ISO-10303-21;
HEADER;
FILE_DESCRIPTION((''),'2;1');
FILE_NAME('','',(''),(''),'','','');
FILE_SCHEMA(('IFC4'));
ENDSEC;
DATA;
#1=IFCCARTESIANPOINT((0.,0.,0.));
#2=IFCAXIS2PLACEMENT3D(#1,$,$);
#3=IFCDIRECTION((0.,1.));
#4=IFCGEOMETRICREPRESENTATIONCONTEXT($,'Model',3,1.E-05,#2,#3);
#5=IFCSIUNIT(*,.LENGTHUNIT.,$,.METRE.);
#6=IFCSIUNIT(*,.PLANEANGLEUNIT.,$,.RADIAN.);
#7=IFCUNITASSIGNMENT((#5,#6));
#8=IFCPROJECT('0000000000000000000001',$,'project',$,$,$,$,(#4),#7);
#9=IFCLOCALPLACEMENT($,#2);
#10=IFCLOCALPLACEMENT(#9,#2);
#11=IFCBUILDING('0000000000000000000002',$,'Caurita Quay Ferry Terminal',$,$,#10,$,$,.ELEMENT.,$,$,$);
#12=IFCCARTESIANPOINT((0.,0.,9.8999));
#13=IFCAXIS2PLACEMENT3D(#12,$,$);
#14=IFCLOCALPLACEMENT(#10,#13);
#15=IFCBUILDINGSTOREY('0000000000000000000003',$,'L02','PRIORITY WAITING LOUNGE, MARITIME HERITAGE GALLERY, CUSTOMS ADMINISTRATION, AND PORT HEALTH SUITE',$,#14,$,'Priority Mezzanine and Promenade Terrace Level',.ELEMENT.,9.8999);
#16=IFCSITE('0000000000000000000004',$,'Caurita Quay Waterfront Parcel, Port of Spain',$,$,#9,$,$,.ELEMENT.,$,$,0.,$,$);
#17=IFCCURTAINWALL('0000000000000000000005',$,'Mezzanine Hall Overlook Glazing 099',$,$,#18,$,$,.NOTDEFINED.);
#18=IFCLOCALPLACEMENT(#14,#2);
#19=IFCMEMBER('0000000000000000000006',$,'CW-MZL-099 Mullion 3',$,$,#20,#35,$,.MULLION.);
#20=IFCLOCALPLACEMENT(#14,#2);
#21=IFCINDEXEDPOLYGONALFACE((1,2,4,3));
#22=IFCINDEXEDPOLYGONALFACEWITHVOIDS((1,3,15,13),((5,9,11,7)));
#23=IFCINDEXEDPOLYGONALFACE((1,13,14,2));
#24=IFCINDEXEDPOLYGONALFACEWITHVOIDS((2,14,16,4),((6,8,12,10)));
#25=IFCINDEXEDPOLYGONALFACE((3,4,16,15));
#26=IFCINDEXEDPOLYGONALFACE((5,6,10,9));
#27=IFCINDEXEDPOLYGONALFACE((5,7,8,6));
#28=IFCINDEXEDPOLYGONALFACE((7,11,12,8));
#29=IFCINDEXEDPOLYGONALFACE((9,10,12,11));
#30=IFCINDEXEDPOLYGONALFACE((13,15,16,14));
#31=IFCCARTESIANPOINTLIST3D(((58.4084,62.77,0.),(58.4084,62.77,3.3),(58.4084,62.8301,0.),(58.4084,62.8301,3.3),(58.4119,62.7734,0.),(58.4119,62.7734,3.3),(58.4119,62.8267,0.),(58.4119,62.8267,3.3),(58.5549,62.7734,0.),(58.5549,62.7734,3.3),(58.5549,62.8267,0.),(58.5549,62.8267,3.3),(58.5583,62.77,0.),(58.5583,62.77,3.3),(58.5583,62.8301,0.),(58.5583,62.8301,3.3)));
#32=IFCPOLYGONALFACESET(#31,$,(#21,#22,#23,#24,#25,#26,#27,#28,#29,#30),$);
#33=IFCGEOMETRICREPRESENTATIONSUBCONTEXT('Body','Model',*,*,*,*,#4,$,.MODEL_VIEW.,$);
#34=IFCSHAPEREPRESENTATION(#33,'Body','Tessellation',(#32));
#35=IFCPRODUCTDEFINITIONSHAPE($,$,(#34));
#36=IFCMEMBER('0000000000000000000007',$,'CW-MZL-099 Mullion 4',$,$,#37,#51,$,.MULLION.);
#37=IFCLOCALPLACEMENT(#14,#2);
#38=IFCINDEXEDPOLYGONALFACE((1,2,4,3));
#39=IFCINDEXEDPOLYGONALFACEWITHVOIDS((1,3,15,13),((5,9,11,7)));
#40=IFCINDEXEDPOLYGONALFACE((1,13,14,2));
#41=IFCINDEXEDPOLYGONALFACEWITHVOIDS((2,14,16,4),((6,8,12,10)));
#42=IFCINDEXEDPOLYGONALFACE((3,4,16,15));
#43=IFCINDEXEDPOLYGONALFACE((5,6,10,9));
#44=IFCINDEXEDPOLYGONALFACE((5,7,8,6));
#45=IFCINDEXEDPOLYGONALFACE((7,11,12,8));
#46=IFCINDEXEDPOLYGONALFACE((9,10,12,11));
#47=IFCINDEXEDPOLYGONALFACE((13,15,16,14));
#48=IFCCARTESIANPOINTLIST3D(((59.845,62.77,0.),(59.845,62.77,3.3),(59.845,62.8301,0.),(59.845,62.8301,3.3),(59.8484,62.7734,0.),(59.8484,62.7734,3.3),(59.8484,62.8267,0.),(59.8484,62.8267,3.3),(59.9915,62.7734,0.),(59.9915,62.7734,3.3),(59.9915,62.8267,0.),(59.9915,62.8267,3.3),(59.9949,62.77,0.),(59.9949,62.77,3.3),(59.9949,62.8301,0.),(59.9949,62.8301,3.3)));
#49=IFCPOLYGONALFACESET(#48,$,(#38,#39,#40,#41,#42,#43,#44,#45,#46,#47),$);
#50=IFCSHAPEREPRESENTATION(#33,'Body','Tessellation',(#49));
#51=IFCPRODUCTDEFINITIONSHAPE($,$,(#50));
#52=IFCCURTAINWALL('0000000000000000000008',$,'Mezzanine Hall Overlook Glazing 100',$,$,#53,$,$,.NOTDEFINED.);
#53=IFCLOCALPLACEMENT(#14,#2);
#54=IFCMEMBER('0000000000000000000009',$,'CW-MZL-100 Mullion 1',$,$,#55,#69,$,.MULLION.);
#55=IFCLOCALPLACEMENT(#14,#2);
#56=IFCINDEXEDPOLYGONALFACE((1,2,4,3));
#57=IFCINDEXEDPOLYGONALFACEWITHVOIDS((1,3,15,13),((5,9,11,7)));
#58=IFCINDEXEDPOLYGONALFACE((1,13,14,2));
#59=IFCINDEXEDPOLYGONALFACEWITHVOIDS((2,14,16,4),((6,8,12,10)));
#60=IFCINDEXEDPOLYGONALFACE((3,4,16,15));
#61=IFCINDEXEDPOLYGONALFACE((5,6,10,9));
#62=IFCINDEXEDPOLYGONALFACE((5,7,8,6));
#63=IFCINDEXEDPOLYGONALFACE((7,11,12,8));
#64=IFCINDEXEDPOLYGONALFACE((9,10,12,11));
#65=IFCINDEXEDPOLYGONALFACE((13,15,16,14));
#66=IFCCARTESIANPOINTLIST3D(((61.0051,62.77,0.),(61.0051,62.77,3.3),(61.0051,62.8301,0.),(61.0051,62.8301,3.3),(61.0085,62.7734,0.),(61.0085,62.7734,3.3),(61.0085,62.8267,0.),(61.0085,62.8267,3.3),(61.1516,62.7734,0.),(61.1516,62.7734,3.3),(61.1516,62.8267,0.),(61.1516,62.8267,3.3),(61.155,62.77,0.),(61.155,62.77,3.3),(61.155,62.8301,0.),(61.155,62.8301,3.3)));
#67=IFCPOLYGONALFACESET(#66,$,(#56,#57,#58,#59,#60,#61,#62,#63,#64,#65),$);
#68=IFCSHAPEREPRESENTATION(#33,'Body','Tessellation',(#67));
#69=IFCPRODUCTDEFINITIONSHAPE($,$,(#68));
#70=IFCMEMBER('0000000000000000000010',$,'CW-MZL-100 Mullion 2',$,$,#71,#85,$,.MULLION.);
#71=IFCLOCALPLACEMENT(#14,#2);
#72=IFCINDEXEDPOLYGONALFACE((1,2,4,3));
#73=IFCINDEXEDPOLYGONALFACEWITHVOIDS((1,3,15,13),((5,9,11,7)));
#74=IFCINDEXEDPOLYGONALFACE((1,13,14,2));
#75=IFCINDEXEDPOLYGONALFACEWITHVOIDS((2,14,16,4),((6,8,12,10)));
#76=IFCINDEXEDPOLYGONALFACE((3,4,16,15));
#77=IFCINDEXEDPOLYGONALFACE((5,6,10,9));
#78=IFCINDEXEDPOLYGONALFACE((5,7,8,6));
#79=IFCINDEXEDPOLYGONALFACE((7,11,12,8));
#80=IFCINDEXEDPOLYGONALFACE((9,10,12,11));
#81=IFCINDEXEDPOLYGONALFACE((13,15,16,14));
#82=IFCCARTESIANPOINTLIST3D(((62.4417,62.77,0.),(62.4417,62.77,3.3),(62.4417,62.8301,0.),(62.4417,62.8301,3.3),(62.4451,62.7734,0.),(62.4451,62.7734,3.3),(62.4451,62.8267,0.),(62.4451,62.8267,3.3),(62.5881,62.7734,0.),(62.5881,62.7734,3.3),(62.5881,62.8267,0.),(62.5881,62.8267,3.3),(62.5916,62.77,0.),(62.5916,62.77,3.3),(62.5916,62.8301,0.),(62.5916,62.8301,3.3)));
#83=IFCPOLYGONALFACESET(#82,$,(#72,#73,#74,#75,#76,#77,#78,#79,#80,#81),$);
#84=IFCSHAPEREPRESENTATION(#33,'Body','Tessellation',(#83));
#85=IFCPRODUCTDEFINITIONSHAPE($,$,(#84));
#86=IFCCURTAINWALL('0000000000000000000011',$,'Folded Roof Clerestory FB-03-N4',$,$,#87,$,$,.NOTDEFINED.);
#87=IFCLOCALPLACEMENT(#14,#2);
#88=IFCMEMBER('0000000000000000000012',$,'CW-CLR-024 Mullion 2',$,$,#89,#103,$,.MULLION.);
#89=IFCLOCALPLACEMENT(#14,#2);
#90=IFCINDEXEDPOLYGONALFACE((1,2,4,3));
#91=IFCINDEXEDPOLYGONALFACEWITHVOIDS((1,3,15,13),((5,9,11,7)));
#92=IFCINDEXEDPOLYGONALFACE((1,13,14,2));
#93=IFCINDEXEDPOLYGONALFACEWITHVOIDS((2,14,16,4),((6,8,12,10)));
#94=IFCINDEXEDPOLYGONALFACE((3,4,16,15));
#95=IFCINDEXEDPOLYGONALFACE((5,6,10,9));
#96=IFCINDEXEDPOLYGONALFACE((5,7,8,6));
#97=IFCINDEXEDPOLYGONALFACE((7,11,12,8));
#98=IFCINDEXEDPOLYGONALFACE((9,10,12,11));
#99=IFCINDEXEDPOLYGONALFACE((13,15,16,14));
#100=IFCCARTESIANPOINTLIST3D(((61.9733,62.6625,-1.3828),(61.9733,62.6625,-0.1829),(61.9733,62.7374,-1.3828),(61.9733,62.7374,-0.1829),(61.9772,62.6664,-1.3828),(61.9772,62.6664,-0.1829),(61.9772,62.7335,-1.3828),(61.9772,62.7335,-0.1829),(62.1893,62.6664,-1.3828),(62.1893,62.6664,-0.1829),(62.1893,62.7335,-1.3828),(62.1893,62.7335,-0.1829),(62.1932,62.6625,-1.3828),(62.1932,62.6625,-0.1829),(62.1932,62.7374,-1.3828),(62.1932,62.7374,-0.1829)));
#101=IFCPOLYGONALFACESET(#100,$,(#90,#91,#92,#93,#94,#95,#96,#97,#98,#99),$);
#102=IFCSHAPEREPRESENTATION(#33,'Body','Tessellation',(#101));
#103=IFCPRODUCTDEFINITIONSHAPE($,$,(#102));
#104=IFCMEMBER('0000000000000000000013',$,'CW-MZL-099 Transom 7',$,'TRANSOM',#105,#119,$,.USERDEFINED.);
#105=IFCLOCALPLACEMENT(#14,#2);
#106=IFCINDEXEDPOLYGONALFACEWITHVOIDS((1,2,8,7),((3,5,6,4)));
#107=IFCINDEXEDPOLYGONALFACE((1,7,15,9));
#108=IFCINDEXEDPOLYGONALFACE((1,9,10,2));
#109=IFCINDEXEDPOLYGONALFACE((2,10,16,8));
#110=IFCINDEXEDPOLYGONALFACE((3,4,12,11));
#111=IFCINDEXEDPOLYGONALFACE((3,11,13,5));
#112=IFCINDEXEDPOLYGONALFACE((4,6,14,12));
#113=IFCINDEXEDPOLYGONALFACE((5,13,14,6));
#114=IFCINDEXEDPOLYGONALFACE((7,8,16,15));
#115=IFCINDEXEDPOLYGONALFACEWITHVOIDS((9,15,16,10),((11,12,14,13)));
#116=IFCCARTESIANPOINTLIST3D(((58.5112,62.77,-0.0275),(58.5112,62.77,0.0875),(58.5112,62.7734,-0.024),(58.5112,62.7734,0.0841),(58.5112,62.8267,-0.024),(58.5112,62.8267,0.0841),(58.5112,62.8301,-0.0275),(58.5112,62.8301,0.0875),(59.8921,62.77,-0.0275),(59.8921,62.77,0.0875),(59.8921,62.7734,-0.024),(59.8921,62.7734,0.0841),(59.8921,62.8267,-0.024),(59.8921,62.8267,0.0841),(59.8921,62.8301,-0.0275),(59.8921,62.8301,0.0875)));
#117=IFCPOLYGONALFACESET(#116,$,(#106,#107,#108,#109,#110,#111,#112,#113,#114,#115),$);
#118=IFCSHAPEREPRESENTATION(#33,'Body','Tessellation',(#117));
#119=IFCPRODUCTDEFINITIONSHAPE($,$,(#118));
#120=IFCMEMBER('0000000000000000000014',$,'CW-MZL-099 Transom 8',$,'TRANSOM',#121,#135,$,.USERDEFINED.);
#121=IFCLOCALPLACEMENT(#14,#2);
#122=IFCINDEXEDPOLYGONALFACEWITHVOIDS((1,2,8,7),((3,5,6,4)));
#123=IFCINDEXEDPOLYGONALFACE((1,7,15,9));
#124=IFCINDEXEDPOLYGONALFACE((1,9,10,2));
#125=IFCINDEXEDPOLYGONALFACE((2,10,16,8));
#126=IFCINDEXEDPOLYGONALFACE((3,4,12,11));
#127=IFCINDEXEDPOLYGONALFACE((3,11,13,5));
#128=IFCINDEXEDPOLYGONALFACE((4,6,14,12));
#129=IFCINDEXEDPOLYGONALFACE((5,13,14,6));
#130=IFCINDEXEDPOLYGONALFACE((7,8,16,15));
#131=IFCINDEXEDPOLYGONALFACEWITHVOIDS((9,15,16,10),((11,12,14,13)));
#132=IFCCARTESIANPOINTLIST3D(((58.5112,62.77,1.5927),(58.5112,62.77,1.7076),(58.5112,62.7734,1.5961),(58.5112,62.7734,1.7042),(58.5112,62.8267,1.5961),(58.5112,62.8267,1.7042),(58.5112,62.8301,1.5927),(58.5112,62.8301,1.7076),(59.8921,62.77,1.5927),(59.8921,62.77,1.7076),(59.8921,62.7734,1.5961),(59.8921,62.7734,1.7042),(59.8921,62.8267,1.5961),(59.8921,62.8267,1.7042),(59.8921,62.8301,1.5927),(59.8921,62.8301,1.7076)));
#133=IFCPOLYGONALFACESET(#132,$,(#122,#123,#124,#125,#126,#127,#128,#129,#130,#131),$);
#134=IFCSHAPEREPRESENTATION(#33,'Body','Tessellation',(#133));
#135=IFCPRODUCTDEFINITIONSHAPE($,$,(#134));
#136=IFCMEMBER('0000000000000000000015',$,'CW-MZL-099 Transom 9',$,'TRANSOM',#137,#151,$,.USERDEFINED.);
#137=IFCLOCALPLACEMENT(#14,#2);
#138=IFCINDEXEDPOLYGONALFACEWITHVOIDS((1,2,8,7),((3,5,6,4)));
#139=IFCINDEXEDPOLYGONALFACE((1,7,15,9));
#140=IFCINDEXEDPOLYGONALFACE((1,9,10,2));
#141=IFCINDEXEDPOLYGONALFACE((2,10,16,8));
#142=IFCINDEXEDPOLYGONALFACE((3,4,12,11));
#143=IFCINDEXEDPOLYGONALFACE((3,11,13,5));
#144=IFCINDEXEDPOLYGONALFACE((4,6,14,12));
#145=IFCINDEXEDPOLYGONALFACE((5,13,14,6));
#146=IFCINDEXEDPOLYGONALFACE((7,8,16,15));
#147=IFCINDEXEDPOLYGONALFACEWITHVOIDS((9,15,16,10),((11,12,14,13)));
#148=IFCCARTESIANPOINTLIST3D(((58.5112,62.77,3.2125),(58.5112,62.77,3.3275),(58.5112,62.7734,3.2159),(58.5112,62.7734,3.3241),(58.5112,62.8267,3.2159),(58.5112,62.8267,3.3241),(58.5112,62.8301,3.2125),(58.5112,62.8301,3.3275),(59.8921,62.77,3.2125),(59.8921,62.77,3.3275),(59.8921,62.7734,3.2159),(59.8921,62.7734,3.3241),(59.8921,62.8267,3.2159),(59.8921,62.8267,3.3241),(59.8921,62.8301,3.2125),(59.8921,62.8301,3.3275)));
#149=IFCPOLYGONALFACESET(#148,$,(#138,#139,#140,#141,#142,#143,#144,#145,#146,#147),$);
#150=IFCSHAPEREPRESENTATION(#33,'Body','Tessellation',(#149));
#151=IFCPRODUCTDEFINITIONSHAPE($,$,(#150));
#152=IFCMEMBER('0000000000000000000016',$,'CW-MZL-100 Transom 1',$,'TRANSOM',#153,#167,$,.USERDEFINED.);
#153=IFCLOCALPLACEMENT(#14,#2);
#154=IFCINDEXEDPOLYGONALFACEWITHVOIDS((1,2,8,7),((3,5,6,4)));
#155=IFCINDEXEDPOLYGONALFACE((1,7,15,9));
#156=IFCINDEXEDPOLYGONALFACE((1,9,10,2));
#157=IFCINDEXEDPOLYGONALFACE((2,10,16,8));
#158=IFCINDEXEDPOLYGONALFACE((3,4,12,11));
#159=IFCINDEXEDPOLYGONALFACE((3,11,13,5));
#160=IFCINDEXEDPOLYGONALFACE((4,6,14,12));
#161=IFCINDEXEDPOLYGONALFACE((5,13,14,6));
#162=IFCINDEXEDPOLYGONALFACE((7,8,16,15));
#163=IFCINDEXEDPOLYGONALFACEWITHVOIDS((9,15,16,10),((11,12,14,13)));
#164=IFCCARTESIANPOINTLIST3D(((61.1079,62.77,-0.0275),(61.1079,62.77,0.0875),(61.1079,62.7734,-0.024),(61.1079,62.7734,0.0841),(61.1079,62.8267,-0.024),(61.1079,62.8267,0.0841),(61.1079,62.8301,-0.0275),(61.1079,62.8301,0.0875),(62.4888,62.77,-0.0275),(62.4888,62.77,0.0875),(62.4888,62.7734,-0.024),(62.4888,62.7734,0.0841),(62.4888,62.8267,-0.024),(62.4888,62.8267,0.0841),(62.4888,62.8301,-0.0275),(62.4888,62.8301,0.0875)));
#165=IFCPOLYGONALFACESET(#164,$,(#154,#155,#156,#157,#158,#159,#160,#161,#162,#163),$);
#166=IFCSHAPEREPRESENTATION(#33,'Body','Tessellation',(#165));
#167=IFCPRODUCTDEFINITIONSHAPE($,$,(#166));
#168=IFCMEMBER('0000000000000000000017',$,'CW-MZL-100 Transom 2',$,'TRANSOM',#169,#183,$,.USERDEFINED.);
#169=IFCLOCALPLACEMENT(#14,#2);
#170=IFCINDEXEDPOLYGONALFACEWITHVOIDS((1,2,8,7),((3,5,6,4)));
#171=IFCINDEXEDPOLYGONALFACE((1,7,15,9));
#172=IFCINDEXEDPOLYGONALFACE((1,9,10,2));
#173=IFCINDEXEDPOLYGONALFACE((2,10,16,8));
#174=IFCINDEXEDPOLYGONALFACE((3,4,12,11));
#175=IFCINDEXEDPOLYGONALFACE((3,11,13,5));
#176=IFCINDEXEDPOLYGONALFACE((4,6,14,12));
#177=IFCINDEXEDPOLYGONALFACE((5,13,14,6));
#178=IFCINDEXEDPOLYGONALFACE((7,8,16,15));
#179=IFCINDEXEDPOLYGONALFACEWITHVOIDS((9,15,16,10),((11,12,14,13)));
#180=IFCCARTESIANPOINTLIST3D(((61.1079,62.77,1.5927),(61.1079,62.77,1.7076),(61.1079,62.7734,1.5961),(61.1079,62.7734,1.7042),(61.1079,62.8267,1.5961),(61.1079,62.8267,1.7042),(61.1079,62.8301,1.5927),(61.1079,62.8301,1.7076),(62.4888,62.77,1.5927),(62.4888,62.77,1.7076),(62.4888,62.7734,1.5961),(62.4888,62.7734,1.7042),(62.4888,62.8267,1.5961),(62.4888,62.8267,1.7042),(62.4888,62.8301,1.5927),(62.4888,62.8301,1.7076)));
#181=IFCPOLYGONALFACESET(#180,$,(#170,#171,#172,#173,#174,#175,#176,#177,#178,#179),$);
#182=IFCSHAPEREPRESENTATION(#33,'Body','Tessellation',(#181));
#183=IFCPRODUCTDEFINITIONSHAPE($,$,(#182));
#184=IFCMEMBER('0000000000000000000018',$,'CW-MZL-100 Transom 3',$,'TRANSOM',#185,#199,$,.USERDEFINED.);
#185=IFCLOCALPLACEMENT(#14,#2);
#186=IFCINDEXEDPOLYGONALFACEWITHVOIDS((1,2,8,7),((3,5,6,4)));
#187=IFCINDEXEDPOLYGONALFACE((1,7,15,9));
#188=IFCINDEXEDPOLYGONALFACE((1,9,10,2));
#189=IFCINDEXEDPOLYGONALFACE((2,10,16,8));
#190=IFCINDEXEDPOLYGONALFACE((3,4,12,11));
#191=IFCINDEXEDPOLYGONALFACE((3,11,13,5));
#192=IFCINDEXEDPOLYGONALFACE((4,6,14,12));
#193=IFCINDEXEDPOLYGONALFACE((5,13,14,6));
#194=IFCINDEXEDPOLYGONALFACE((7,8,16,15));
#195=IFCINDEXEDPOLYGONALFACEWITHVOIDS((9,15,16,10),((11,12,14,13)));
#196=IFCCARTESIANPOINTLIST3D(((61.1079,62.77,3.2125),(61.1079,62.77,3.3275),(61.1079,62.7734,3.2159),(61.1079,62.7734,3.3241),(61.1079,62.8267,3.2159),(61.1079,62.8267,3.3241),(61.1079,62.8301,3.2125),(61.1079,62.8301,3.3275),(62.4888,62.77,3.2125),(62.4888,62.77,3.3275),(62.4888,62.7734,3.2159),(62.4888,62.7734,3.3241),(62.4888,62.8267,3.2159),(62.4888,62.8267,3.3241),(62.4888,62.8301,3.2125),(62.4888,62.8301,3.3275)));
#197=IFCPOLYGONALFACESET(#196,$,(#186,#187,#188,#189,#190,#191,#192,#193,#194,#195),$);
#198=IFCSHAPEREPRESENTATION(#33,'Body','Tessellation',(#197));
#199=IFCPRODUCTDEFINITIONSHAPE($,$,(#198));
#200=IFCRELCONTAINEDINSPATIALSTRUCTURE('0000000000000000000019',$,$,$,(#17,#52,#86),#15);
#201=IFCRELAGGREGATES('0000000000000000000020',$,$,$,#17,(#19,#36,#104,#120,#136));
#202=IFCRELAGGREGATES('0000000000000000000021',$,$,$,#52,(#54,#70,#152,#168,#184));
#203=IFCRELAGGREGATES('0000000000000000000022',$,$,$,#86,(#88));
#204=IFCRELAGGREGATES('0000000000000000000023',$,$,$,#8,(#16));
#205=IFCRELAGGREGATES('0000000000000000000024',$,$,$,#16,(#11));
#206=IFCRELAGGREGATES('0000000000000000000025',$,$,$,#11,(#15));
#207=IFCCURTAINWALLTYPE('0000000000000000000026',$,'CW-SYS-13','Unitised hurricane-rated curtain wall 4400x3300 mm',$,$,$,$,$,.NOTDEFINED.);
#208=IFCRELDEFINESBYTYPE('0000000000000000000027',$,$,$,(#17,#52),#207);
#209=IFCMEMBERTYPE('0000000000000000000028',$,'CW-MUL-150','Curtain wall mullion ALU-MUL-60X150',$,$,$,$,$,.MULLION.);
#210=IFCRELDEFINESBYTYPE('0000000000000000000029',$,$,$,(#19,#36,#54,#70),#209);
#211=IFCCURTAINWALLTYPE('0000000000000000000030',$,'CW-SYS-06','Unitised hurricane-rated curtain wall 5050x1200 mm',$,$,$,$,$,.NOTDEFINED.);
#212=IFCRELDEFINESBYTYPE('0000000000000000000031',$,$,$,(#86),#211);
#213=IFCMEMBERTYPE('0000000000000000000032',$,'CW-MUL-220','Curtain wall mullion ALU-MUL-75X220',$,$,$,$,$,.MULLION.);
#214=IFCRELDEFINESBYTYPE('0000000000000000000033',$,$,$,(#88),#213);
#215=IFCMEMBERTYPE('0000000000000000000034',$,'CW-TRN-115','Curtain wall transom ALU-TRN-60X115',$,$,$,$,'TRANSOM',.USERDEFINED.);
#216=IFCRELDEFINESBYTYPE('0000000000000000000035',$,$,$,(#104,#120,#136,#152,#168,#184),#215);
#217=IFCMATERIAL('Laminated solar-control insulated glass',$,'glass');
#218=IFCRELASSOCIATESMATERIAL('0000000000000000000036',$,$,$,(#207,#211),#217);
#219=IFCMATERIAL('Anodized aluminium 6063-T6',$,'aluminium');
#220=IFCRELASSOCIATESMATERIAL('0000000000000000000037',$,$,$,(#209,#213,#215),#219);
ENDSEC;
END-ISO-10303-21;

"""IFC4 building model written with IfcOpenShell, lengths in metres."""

from ifc_helpers import new_model, si_unit, direction, frame, origin, origin_2d, place, context, subcontext, project, spatial, hollow_rectangle, extrude, material, material_profile, profile_set, type_object, element, aggregate, save


model = new_model("IFC4")

# Units and contexts
model_context = context("Model", 3, precision=1e-05, world=origin(), true_north=direction((0.0, 1.0)))
body_context = subcontext(model_context, "Body", "Model", "MODEL_VIEW")
ifc_project = project(units=[si_unit("LENGTHUNIT", "METRE"), si_unit("PLANEANGLEUNIT", "RADIAN")], contexts=[model_context])

# Site, building, storey
site_placement = place(None, origin())
site = spatial("IfcSite", under=ifc_project, at=site_placement, Name="Caurita Quay Waterfront Parcel, Port of Spain", CompositionType="ELEMENT", RefElevation=0.0)
building_placement = place(site_placement, origin())
building = spatial("IfcBuilding", under=site, at=building_placement, Name="Caurita Quay Ferry Terminal", CompositionType="ELEMENT")
storey_placement = place(building_placement, frame((0.0, 0.0, 9.8999)))
storey = spatial("IfcBuildingStorey", under=building, at=storey_placement, Name="L02", Description="PRIORITY WAITING LOUNGE, MARITIME HERITAGE GALLERY, CUSTOMS ADMINISTRATION, AND PORT HEALTH SUITE", LongName="Priority Mezzanine and Promenade Terrace Level", CompositionType="ELEMENT", Elevation=9.8999)

# Curtain walls, members
ifc_material_1 = material(Name="Laminated solar-control insulated glass", Category="glass")
curtain_wall_type_1 = type_object("IfcCurtainWallType", Name="CW-SYS-13", Description="Unitised hurricane-rated curtain wall 4400x3300 mm", PredefinedType="NOTDEFINED", material=ifc_material_1)
curtain_wall_1_placement = place(storey_placement, origin())
curtain_wall_1 = element("IfcCurtainWall", 1, at=curtain_wall_1_placement, inside=storey, type_object=curtain_wall_type_1, Name="Mezzanine Hall Overlook Glazing 099", PredefinedType="NOTDEFINED")
ifc_material_2 = material(Name="Anodized aluminium 6063-T6", Category="aluminium")
ifc_material_profile_1 = material_profile(ifc_material_2, hollow_rectangle(XDim=0.0601, YDim=0.1499, WallThickness=0.0034, at=origin_2d()), Name="ALU-MUL-60X150")
ifc_profile_set_1 = profile_set([ifc_material_profile_1], Name="Anodized aluminium 6063-T6")
member_type_1 = type_object("IfcMemberType", Name="CW-MUL-150", Description="Curtain wall mullion ALU-MUL-60X150", PredefinedType="MULLION", material=ifc_profile_set_1)
member_1_placement = place(storey_placement, frame((58.4834, 62.8, 0.0), z_axis=(0.0, 0.0, 1.0), x_axis=(0.0, 1.0, 0.0)))
member_1 = element("IfcMember", 2, at=member_1_placement, type_object=member_type_1, Name="CW-MZL-099 Mullion 3", PredefinedType="MULLION", context=body_context, shape_type="SweptSolid", body=[
    extrude(hollow_rectangle(XDim=0.0601, YDim=0.1499, WallThickness=0.0034, at=origin_2d()), origin(), (0.0, 0.0, 1.0), 3.3),
])
member_2_placement = place(storey_placement, frame((59.9199, 62.8, 0.0), z_axis=(0.0, 0.0, 1.0), x_axis=(0.0, 1.0, 0.0)))
member_2 = element("IfcMember", 3, at=member_2_placement, type_object=member_type_1, Name="CW-MZL-099 Mullion 4", PredefinedType="MULLION", context=body_context, shape_type="SweptSolid", body=[
    extrude(hollow_rectangle(XDim=0.0601, YDim=0.1499, WallThickness=0.0034, at=origin_2d()), origin(), (0.0, 0.0, 1.0), 3.3),
])
curtain_wall_2_placement = place(storey_placement, origin())
curtain_wall_2 = element("IfcCurtainWall", 4, at=curtain_wall_2_placement, inside=storey, type_object=curtain_wall_type_1, Name="Mezzanine Hall Overlook Glazing 100", PredefinedType="NOTDEFINED")
member_3_placement = place(storey_placement, frame((61.0801, 62.8, 0.0), z_axis=(0.0, 0.0, 1.0), x_axis=(0.0, 1.0, 0.0)))
member_3 = element("IfcMember", 5, at=member_3_placement, type_object=member_type_1, Name="CW-MZL-100 Mullion 1", PredefinedType="MULLION", context=body_context, shape_type="SweptSolid", body=[
    extrude(hollow_rectangle(XDim=0.0601, YDim=0.1499, WallThickness=0.0034, at=origin_2d()), origin(), (0.0, 0.0, 1.0), 3.3),
])
member_4_placement = place(storey_placement, frame((62.5166, 62.8, 0.0), z_axis=(0.0, 0.0, 1.0), x_axis=(0.0, 1.0, 0.0)))
member_4 = element("IfcMember", 6, at=member_4_placement, type_object=member_type_1, Name="CW-MZL-100 Mullion 2", PredefinedType="MULLION", context=body_context, shape_type="SweptSolid", body=[
    extrude(hollow_rectangle(XDim=0.0601, YDim=0.1499, WallThickness=0.0034, at=origin_2d()), origin(), (0.0, 0.0, 1.0), 3.3),
])

# Curtain wall, member
curtain_wall_type_2 = type_object("IfcCurtainWallType", Name="CW-SYS-06", Description="Unitised hurricane-rated curtain wall 5050x1200 mm", PredefinedType="NOTDEFINED", material=ifc_material_1)
curtain_wall_3_placement = place(storey_placement, origin())
curtain_wall_3 = element("IfcCurtainWall", 7, at=curtain_wall_3_placement, inside=storey, type_object=curtain_wall_type_2, Name="Folded Roof Clerestory FB-03-N4", PredefinedType="NOTDEFINED")
ifc_material_profile_2 = material_profile(ifc_material_2, hollow_rectangle(XDim=0.075, YDim=0.22, WallThickness=0.0039, at=origin_2d()), Name="ALU-MUL-75X220")
ifc_profile_set_2 = profile_set([ifc_material_profile_2], Name="Anodized aluminium 6063-T6")
member_type_2 = type_object("IfcMemberType", Name="CW-MUL-220", Description="Curtain wall mullion ALU-MUL-75X220", PredefinedType="MULLION", material=ifc_profile_set_2)
member_5_placement = place(storey_placement, frame((62.0833, 62.7, -1.3828), z_axis=(0.0, 0.0, 1.0), x_axis=(0.0, 1.0, 0.0)))
member_5 = element("IfcMember", 8, at=member_5_placement, type_object=member_type_2, Name="CW-CLR-024 Mullion 2", PredefinedType="MULLION", context=body_context, shape_type="SweptSolid", body=[
    extrude(hollow_rectangle(XDim=0.075, YDim=0.22, WallThickness=0.0039, at=origin_2d()), origin(), (0.0, 0.0, 1.0), 1.2),
])

# Members
ifc_material_profile_3 = material_profile(ifc_material_2, hollow_rectangle(XDim=0.0601, YDim=0.115, WallThickness=0.0034, at=origin_2d()), Name="ALU-TRN-60X115")
ifc_profile_set_3 = profile_set([ifc_material_profile_3], Name="Anodized aluminium 6063-T6")
member_type_3 = type_object("IfcMemberType", Name="CW-TRN-115", Description="Curtain wall transom ALU-TRN-60X115", ElementType="TRANSOM", PredefinedType="USERDEFINED", material=ifc_profile_set_3)
member_6_placement = place(storey_placement, frame((58.5112, 62.8, 0.03), z_axis=(1.0, 0.0, 0.0), x_axis=(0.0, 1.0, 0.0)))
member_6 = element("IfcMember", 9, at=member_6_placement, type_object=member_type_3, Name="CW-MZL-099 Transom 7", ObjectType="TRANSOM", PredefinedType="USERDEFINED", context=body_context, shape_type="SweptSolid", body=[
    extrude(hollow_rectangle(XDim=0.0601, YDim=0.115, WallThickness=0.0034, at=origin_2d()), origin(), (0.0, 0.0, 1.0), 1.3809),
])
member_7_placement = place(storey_placement, frame((58.5112, 62.8, 1.6501), z_axis=(1.0, 0.0, 0.0), x_axis=(0.0, 1.0, 0.0)))
member_7 = element("IfcMember", 10, at=member_7_placement, type_object=member_type_3, Name="CW-MZL-099 Transom 8", ObjectType="TRANSOM", PredefinedType="USERDEFINED", context=body_context, shape_type="SweptSolid", body=[
    extrude(hollow_rectangle(XDim=0.0601, YDim=0.115, WallThickness=0.0034, at=origin_2d()), origin(), (0.0, 0.0, 1.0), 1.3809),
])
member_8_placement = place(storey_placement, frame((58.5112, 62.8, 3.27), z_axis=(1.0, 0.0, 0.0), x_axis=(0.0, 1.0, 0.0)))
member_8 = element("IfcMember", 11, at=member_8_placement, type_object=member_type_3, Name="CW-MZL-099 Transom 9", ObjectType="TRANSOM", PredefinedType="USERDEFINED", context=body_context, shape_type="SweptSolid", body=[
    extrude(hollow_rectangle(XDim=0.0601, YDim=0.115, WallThickness=0.0034, at=origin_2d()), origin(), (0.0, 0.0, 1.0), 1.3809),
])
member_9_placement = place(storey_placement, frame((61.1079, 62.8, 0.03), z_axis=(1.0, 0.0, 0.0), x_axis=(0.0, 1.0, 0.0)))
member_9 = element("IfcMember", 12, at=member_9_placement, type_object=member_type_3, Name="CW-MZL-100 Transom 1", ObjectType="TRANSOM", PredefinedType="USERDEFINED", context=body_context, shape_type="SweptSolid", body=[
    extrude(hollow_rectangle(XDim=0.0601, YDim=0.115, WallThickness=0.0034, at=origin_2d()), origin(), (0.0, 0.0, 1.0), 1.3809),
])
member_10_placement = place(storey_placement, frame((61.1079, 62.8, 1.6501), z_axis=(1.0, 0.0, 0.0), x_axis=(0.0, 1.0, 0.0)))
member_10 = element("IfcMember", 13, at=member_10_placement, type_object=member_type_3, Name="CW-MZL-100 Transom 2", ObjectType="TRANSOM", PredefinedType="USERDEFINED", context=body_context, shape_type="SweptSolid", body=[
    extrude(hollow_rectangle(XDim=0.0601, YDim=0.115, WallThickness=0.0034, at=origin_2d()), origin(), (0.0, 0.0, 1.0), 1.3809),
])
member_11_placement = place(storey_placement, frame((61.1079, 62.8, 3.27), z_axis=(1.0, 0.0, 0.0), x_axis=(0.0, 1.0, 0.0)))
member_11 = element("IfcMember", 14, at=member_11_placement, type_object=member_type_3, Name="CW-MZL-100 Transom 3", ObjectType="TRANSOM", PredefinedType="USERDEFINED", context=body_context, shape_type="SweptSolid", body=[
    extrude(hollow_rectangle(XDim=0.0601, YDim=0.115, WallThickness=0.0034, at=origin_2d()), origin(), (0.0, 0.0, 1.0), 1.3809),
])

aggregate(curtain_wall_1, [member_1, member_2, member_6, member_7, member_8])
aggregate(curtain_wall_2, [member_3, member_4, member_9, member_10, member_11])
aggregate(curtain_wall_3, [member_5])

save(model, "model.ifc")
